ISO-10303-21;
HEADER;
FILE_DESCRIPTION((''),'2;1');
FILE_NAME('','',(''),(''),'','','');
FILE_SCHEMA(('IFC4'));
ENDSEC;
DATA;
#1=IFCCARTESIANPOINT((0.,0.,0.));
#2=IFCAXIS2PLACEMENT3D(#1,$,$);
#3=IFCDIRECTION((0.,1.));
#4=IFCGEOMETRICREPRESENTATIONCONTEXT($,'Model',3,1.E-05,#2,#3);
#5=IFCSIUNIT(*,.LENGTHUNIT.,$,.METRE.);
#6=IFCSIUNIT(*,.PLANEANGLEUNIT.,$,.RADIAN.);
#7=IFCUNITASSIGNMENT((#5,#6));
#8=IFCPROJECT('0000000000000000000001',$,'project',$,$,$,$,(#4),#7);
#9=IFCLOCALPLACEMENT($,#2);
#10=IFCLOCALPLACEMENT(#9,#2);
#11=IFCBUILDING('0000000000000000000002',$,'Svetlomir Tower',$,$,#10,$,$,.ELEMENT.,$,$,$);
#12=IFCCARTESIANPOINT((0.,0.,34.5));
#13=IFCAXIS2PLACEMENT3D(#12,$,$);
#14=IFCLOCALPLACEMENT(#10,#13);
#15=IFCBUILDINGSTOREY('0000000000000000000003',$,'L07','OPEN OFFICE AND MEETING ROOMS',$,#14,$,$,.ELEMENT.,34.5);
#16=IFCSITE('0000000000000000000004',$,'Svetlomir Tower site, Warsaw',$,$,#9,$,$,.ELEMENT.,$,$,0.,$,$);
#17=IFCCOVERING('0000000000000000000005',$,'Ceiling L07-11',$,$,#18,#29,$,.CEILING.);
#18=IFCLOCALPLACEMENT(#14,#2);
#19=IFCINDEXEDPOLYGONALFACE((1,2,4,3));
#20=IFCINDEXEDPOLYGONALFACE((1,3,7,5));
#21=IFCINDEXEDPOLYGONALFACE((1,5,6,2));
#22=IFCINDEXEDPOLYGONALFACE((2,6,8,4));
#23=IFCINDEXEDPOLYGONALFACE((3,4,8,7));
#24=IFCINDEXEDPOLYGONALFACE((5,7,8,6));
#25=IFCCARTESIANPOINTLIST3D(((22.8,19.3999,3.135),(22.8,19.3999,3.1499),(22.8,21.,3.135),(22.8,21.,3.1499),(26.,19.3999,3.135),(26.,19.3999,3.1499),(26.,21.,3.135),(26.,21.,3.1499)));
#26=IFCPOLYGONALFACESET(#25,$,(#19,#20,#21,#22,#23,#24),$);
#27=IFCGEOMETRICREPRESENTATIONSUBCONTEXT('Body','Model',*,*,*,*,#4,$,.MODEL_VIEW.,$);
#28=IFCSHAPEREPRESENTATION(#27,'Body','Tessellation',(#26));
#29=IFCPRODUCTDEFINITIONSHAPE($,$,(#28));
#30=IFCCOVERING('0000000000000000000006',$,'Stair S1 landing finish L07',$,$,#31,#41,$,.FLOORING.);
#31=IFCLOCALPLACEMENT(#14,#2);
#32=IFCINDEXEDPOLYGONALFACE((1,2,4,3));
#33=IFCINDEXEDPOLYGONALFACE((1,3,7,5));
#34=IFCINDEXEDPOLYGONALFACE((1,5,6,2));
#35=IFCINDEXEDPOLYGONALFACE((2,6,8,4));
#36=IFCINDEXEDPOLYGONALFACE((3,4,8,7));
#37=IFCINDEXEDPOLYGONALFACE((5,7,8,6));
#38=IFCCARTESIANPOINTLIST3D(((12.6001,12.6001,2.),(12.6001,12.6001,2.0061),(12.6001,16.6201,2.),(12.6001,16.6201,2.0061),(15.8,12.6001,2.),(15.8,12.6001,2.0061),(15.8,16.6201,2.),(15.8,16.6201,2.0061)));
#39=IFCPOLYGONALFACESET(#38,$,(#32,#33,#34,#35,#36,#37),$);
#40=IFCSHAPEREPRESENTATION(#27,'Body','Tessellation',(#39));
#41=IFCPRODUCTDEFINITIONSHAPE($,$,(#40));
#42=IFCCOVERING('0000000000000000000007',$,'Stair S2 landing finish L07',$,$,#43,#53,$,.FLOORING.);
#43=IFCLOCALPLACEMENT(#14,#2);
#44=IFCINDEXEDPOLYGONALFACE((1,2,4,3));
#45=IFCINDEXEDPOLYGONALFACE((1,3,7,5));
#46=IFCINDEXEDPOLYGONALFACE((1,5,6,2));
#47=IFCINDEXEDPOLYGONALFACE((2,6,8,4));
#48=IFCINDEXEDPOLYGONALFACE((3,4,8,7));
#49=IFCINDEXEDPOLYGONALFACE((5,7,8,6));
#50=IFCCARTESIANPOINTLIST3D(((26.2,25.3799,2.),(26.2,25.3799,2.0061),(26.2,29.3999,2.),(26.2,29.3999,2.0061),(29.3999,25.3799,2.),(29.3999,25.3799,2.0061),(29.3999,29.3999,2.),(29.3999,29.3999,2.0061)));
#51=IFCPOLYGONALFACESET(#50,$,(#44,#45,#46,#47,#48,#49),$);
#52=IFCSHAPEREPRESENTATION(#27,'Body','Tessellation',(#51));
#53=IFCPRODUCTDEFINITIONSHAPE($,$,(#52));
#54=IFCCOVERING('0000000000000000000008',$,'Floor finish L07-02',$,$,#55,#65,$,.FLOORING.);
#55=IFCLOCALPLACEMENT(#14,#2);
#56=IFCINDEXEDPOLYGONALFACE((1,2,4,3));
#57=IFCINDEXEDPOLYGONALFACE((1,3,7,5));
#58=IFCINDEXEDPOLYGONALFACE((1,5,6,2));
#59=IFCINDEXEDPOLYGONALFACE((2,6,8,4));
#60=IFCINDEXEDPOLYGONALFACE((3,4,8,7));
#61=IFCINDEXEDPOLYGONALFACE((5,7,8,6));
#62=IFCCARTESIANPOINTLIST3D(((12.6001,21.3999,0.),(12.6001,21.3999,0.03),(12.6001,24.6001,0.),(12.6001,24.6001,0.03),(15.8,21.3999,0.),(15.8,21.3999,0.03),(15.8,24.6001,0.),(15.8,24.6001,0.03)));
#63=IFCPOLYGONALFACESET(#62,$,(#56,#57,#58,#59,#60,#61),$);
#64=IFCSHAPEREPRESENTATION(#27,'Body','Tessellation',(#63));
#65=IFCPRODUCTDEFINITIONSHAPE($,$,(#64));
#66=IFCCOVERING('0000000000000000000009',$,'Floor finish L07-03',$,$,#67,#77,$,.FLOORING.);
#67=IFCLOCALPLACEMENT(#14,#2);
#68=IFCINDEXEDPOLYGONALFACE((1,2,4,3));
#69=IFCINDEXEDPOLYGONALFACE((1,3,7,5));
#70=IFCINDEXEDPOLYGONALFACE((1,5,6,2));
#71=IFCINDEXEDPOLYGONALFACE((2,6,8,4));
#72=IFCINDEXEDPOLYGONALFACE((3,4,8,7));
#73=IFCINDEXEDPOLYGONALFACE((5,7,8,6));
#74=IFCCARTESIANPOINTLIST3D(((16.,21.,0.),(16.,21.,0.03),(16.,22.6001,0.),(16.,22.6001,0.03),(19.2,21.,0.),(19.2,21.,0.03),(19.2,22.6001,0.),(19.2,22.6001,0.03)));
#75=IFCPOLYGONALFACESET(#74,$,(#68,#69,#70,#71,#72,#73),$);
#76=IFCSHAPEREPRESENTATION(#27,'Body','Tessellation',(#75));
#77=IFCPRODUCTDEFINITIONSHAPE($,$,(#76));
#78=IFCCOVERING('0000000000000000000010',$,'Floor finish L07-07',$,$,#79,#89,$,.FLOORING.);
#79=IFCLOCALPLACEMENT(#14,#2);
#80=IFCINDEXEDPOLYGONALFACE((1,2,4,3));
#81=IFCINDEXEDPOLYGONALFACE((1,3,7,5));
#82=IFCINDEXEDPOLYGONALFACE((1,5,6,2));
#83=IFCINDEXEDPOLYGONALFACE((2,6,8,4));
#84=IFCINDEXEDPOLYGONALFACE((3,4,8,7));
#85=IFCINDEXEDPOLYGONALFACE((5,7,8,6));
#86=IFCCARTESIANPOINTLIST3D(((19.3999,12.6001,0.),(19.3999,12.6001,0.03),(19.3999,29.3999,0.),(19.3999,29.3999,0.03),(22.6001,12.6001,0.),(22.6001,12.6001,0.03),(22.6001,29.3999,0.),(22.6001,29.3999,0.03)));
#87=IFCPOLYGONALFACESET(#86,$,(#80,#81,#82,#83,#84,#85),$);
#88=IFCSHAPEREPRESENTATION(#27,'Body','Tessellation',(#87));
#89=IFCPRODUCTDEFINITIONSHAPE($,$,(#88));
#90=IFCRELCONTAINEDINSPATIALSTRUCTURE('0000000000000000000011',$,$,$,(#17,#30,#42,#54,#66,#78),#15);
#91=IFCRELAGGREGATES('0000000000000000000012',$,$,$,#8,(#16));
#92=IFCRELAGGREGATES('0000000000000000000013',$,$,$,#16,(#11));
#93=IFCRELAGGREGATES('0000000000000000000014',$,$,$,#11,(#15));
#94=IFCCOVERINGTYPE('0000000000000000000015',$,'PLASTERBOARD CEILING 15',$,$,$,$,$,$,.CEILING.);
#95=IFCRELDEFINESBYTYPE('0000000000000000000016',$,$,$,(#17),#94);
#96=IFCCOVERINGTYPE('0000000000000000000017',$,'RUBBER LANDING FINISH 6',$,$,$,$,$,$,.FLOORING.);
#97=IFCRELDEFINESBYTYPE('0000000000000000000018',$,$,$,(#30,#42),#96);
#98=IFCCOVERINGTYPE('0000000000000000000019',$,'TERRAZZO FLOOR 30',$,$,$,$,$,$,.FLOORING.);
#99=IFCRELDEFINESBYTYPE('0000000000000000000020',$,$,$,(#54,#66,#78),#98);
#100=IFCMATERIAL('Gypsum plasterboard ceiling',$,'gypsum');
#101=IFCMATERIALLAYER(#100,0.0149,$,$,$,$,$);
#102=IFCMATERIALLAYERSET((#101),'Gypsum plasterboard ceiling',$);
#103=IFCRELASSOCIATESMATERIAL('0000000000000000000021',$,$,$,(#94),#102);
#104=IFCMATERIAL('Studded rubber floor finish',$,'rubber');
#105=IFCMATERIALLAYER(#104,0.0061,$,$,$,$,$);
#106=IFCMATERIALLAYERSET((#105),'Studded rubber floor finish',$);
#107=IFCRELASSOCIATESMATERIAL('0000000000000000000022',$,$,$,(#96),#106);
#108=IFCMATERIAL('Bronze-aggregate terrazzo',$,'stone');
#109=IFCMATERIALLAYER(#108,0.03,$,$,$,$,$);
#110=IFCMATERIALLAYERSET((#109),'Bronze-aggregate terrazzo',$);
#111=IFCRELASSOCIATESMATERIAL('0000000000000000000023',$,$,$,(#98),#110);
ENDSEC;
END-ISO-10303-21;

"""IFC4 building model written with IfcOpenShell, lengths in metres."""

from ifc_helpers import new_model, si_unit, direction, frame, origin, place, context, subcontext, project, spatial, polyline, outline, extrude, material, layer, layer_set, type_object, element, save


model = new_model("IFC4")

# Units and contexts
model_context = context("Model", 3, precision=1e-05, world=origin(), true_north=direction((0.0, 1.0)))
body_context = subcontext(model_context, "Body", "Model", "MODEL_VIEW")
ifc_project = project(units=[si_unit("LENGTHUNIT", "METRE"), si_unit("PLANEANGLEUNIT", "RADIAN")], contexts=[model_context])

# Site, building, storey
site_placement = place(None, origin())
site = spatial("IfcSite", under=ifc_project, at=site_placement, Name="Svetlomir Tower site, Warsaw", CompositionType="ELEMENT", RefElevation=0.0)
building_placement = place(site_placement, origin())
building = spatial("IfcBuilding", under=site, at=building_placement, Name="Svetlomir Tower", CompositionType="ELEMENT")
storey_placement = place(building_placement, frame((0.0, 0.0, 34.5)))
storey = spatial("IfcBuildingStorey", under=building, at=storey_placement, Name="L07", Description="OPEN OFFICE AND MEETING ROOMS", CompositionType="ELEMENT", Elevation=34.5)

# Coverings
ifc_material_1 = material(Name="Gypsum plasterboard ceiling", Category="gypsum")
ifc_layer_1 = layer(ifc_material_1, 0.0149)
ifc_layer_set_1 = layer_set([ifc_layer_1], Name="Gypsum plasterboard ceiling")
covering_type_1 = type_object("IfcCoveringType", Name="PLASTERBOARD CEILING 15", PredefinedType="CEILING", material=ifc_layer_set_1)
covering_1_placement = place(storey_placement, frame((0.0, 0.0, 3.135)))
element("IfcCovering", 1, at=covering_1_placement, inside=storey, type_object=covering_type_1, Name="Ceiling L07-11", PredefinedType="CEILING", context=body_context, shape_type="SweptSolid", body=[
    extrude(outline(polyline([(22.8, 19.3999), (26.0, 19.3999), (26.0, 21.0), (22.8, 21.0), (22.8, 19.3999)])), origin(), (0.0, 0.0, 1.0), 0.0149),
])
ifc_material_2 = material(Name="Studded rubber floor finish", Category="rubber")
ifc_layer_2 = layer(ifc_material_2, 0.0061)
ifc_layer_set_2 = layer_set([ifc_layer_2], Name="Studded rubber floor finish")
covering_type_2 = type_object("IfcCoveringType", Name="RUBBER LANDING FINISH 6", PredefinedType="FLOORING", material=ifc_layer_set_2)
covering_2_placement = place(storey_placement, frame((0.0, 0.0, 2.0)))
element("IfcCovering", 2, at=covering_2_placement, inside=storey, type_object=covering_type_2, Name="Stair S1 landing finish L07", PredefinedType="FLOORING", context=body_context, shape_type="SweptSolid", body=[
    extrude(outline(polyline([(12.6001, 12.6001), (15.8, 12.6001), (15.8, 16.6201), (12.6001, 16.6201), (12.6001, 12.6001)])), origin(), (0.0, 0.0, 1.0), 0.0061),
])
covering_3_placement = place(storey_placement, frame((0.0, 0.0, 2.0)))
element("IfcCovering", 3, at=covering_3_placement, inside=storey, type_object=covering_type_2, Name="Stair S2 landing finish L07", PredefinedType="FLOORING", context=body_context, shape_type="SweptSolid", body=[
    extrude(outline(polyline([(26.2, 25.3799), (29.3999, 25.3799), (29.3999, 29.3999), (26.2, 29.3999), (26.2, 25.3799)])), origin(), (0.0, 0.0, 1.0), 0.0061),
])
ifc_material_3 = material(Name="Bronze-aggregate terrazzo", Category="stone")
ifc_layer_3 = layer(ifc_material_3, 0.03)
ifc_layer_set_3 = layer_set([ifc_layer_3], Name="Bronze-aggregate terrazzo")
covering_type_3 = type_object("IfcCoveringType", Name="TERRAZZO FLOOR 30", PredefinedType="FLOORING", material=ifc_layer_set_3)
covering_4_placement = place(storey_placement, origin())
element("IfcCovering", 4, at=covering_4_placement, inside=storey, type_object=covering_type_3, Name="Floor finish L07-02", PredefinedType="FLOORING", context=body_context, shape_type="SweptSolid", body=[
    extrude(outline(polyline([(12.6001, 21.3999), (15.8, 21.3999), (15.8, 24.6001), (12.6001, 24.6001), (12.6001, 21.3999)])), origin(), (0.0, 0.0, 1.0), 0.03),
])
covering_5_placement = place(storey_placement, origin())
element("IfcCovering", 5, at=covering_5_placement, inside=storey, type_object=covering_type_3, Name="Floor finish L07-03", PredefinedType="FLOORING", context=body_context, shape_type="SweptSolid", body=[
    extrude(outline(polyline([(16.0, 21.0), (19.2, 21.0), (19.2, 22.6001), (16.0, 22.6001), (16.0, 21.0)])), origin(), (0.0, 0.0, 1.0), 0.03),
])
covering_6_placement = place(storey_placement, origin())
element("IfcCovering", 6, at=covering_6_placement, inside=storey, type_object=covering_type_3, Name="Floor finish L07-07", PredefinedType="FLOORING", context=body_context, shape_type="SweptSolid", body=[
    extrude(outline(polyline([(19.3999, 12.6001), (22.6001, 12.6001), (22.6001, 29.3999), (19.3999, 29.3999), (19.3999, 12.6001)])), origin(), (0.0, 0.0, 1.0), 0.03),
])

save(model, "model.ifc")
